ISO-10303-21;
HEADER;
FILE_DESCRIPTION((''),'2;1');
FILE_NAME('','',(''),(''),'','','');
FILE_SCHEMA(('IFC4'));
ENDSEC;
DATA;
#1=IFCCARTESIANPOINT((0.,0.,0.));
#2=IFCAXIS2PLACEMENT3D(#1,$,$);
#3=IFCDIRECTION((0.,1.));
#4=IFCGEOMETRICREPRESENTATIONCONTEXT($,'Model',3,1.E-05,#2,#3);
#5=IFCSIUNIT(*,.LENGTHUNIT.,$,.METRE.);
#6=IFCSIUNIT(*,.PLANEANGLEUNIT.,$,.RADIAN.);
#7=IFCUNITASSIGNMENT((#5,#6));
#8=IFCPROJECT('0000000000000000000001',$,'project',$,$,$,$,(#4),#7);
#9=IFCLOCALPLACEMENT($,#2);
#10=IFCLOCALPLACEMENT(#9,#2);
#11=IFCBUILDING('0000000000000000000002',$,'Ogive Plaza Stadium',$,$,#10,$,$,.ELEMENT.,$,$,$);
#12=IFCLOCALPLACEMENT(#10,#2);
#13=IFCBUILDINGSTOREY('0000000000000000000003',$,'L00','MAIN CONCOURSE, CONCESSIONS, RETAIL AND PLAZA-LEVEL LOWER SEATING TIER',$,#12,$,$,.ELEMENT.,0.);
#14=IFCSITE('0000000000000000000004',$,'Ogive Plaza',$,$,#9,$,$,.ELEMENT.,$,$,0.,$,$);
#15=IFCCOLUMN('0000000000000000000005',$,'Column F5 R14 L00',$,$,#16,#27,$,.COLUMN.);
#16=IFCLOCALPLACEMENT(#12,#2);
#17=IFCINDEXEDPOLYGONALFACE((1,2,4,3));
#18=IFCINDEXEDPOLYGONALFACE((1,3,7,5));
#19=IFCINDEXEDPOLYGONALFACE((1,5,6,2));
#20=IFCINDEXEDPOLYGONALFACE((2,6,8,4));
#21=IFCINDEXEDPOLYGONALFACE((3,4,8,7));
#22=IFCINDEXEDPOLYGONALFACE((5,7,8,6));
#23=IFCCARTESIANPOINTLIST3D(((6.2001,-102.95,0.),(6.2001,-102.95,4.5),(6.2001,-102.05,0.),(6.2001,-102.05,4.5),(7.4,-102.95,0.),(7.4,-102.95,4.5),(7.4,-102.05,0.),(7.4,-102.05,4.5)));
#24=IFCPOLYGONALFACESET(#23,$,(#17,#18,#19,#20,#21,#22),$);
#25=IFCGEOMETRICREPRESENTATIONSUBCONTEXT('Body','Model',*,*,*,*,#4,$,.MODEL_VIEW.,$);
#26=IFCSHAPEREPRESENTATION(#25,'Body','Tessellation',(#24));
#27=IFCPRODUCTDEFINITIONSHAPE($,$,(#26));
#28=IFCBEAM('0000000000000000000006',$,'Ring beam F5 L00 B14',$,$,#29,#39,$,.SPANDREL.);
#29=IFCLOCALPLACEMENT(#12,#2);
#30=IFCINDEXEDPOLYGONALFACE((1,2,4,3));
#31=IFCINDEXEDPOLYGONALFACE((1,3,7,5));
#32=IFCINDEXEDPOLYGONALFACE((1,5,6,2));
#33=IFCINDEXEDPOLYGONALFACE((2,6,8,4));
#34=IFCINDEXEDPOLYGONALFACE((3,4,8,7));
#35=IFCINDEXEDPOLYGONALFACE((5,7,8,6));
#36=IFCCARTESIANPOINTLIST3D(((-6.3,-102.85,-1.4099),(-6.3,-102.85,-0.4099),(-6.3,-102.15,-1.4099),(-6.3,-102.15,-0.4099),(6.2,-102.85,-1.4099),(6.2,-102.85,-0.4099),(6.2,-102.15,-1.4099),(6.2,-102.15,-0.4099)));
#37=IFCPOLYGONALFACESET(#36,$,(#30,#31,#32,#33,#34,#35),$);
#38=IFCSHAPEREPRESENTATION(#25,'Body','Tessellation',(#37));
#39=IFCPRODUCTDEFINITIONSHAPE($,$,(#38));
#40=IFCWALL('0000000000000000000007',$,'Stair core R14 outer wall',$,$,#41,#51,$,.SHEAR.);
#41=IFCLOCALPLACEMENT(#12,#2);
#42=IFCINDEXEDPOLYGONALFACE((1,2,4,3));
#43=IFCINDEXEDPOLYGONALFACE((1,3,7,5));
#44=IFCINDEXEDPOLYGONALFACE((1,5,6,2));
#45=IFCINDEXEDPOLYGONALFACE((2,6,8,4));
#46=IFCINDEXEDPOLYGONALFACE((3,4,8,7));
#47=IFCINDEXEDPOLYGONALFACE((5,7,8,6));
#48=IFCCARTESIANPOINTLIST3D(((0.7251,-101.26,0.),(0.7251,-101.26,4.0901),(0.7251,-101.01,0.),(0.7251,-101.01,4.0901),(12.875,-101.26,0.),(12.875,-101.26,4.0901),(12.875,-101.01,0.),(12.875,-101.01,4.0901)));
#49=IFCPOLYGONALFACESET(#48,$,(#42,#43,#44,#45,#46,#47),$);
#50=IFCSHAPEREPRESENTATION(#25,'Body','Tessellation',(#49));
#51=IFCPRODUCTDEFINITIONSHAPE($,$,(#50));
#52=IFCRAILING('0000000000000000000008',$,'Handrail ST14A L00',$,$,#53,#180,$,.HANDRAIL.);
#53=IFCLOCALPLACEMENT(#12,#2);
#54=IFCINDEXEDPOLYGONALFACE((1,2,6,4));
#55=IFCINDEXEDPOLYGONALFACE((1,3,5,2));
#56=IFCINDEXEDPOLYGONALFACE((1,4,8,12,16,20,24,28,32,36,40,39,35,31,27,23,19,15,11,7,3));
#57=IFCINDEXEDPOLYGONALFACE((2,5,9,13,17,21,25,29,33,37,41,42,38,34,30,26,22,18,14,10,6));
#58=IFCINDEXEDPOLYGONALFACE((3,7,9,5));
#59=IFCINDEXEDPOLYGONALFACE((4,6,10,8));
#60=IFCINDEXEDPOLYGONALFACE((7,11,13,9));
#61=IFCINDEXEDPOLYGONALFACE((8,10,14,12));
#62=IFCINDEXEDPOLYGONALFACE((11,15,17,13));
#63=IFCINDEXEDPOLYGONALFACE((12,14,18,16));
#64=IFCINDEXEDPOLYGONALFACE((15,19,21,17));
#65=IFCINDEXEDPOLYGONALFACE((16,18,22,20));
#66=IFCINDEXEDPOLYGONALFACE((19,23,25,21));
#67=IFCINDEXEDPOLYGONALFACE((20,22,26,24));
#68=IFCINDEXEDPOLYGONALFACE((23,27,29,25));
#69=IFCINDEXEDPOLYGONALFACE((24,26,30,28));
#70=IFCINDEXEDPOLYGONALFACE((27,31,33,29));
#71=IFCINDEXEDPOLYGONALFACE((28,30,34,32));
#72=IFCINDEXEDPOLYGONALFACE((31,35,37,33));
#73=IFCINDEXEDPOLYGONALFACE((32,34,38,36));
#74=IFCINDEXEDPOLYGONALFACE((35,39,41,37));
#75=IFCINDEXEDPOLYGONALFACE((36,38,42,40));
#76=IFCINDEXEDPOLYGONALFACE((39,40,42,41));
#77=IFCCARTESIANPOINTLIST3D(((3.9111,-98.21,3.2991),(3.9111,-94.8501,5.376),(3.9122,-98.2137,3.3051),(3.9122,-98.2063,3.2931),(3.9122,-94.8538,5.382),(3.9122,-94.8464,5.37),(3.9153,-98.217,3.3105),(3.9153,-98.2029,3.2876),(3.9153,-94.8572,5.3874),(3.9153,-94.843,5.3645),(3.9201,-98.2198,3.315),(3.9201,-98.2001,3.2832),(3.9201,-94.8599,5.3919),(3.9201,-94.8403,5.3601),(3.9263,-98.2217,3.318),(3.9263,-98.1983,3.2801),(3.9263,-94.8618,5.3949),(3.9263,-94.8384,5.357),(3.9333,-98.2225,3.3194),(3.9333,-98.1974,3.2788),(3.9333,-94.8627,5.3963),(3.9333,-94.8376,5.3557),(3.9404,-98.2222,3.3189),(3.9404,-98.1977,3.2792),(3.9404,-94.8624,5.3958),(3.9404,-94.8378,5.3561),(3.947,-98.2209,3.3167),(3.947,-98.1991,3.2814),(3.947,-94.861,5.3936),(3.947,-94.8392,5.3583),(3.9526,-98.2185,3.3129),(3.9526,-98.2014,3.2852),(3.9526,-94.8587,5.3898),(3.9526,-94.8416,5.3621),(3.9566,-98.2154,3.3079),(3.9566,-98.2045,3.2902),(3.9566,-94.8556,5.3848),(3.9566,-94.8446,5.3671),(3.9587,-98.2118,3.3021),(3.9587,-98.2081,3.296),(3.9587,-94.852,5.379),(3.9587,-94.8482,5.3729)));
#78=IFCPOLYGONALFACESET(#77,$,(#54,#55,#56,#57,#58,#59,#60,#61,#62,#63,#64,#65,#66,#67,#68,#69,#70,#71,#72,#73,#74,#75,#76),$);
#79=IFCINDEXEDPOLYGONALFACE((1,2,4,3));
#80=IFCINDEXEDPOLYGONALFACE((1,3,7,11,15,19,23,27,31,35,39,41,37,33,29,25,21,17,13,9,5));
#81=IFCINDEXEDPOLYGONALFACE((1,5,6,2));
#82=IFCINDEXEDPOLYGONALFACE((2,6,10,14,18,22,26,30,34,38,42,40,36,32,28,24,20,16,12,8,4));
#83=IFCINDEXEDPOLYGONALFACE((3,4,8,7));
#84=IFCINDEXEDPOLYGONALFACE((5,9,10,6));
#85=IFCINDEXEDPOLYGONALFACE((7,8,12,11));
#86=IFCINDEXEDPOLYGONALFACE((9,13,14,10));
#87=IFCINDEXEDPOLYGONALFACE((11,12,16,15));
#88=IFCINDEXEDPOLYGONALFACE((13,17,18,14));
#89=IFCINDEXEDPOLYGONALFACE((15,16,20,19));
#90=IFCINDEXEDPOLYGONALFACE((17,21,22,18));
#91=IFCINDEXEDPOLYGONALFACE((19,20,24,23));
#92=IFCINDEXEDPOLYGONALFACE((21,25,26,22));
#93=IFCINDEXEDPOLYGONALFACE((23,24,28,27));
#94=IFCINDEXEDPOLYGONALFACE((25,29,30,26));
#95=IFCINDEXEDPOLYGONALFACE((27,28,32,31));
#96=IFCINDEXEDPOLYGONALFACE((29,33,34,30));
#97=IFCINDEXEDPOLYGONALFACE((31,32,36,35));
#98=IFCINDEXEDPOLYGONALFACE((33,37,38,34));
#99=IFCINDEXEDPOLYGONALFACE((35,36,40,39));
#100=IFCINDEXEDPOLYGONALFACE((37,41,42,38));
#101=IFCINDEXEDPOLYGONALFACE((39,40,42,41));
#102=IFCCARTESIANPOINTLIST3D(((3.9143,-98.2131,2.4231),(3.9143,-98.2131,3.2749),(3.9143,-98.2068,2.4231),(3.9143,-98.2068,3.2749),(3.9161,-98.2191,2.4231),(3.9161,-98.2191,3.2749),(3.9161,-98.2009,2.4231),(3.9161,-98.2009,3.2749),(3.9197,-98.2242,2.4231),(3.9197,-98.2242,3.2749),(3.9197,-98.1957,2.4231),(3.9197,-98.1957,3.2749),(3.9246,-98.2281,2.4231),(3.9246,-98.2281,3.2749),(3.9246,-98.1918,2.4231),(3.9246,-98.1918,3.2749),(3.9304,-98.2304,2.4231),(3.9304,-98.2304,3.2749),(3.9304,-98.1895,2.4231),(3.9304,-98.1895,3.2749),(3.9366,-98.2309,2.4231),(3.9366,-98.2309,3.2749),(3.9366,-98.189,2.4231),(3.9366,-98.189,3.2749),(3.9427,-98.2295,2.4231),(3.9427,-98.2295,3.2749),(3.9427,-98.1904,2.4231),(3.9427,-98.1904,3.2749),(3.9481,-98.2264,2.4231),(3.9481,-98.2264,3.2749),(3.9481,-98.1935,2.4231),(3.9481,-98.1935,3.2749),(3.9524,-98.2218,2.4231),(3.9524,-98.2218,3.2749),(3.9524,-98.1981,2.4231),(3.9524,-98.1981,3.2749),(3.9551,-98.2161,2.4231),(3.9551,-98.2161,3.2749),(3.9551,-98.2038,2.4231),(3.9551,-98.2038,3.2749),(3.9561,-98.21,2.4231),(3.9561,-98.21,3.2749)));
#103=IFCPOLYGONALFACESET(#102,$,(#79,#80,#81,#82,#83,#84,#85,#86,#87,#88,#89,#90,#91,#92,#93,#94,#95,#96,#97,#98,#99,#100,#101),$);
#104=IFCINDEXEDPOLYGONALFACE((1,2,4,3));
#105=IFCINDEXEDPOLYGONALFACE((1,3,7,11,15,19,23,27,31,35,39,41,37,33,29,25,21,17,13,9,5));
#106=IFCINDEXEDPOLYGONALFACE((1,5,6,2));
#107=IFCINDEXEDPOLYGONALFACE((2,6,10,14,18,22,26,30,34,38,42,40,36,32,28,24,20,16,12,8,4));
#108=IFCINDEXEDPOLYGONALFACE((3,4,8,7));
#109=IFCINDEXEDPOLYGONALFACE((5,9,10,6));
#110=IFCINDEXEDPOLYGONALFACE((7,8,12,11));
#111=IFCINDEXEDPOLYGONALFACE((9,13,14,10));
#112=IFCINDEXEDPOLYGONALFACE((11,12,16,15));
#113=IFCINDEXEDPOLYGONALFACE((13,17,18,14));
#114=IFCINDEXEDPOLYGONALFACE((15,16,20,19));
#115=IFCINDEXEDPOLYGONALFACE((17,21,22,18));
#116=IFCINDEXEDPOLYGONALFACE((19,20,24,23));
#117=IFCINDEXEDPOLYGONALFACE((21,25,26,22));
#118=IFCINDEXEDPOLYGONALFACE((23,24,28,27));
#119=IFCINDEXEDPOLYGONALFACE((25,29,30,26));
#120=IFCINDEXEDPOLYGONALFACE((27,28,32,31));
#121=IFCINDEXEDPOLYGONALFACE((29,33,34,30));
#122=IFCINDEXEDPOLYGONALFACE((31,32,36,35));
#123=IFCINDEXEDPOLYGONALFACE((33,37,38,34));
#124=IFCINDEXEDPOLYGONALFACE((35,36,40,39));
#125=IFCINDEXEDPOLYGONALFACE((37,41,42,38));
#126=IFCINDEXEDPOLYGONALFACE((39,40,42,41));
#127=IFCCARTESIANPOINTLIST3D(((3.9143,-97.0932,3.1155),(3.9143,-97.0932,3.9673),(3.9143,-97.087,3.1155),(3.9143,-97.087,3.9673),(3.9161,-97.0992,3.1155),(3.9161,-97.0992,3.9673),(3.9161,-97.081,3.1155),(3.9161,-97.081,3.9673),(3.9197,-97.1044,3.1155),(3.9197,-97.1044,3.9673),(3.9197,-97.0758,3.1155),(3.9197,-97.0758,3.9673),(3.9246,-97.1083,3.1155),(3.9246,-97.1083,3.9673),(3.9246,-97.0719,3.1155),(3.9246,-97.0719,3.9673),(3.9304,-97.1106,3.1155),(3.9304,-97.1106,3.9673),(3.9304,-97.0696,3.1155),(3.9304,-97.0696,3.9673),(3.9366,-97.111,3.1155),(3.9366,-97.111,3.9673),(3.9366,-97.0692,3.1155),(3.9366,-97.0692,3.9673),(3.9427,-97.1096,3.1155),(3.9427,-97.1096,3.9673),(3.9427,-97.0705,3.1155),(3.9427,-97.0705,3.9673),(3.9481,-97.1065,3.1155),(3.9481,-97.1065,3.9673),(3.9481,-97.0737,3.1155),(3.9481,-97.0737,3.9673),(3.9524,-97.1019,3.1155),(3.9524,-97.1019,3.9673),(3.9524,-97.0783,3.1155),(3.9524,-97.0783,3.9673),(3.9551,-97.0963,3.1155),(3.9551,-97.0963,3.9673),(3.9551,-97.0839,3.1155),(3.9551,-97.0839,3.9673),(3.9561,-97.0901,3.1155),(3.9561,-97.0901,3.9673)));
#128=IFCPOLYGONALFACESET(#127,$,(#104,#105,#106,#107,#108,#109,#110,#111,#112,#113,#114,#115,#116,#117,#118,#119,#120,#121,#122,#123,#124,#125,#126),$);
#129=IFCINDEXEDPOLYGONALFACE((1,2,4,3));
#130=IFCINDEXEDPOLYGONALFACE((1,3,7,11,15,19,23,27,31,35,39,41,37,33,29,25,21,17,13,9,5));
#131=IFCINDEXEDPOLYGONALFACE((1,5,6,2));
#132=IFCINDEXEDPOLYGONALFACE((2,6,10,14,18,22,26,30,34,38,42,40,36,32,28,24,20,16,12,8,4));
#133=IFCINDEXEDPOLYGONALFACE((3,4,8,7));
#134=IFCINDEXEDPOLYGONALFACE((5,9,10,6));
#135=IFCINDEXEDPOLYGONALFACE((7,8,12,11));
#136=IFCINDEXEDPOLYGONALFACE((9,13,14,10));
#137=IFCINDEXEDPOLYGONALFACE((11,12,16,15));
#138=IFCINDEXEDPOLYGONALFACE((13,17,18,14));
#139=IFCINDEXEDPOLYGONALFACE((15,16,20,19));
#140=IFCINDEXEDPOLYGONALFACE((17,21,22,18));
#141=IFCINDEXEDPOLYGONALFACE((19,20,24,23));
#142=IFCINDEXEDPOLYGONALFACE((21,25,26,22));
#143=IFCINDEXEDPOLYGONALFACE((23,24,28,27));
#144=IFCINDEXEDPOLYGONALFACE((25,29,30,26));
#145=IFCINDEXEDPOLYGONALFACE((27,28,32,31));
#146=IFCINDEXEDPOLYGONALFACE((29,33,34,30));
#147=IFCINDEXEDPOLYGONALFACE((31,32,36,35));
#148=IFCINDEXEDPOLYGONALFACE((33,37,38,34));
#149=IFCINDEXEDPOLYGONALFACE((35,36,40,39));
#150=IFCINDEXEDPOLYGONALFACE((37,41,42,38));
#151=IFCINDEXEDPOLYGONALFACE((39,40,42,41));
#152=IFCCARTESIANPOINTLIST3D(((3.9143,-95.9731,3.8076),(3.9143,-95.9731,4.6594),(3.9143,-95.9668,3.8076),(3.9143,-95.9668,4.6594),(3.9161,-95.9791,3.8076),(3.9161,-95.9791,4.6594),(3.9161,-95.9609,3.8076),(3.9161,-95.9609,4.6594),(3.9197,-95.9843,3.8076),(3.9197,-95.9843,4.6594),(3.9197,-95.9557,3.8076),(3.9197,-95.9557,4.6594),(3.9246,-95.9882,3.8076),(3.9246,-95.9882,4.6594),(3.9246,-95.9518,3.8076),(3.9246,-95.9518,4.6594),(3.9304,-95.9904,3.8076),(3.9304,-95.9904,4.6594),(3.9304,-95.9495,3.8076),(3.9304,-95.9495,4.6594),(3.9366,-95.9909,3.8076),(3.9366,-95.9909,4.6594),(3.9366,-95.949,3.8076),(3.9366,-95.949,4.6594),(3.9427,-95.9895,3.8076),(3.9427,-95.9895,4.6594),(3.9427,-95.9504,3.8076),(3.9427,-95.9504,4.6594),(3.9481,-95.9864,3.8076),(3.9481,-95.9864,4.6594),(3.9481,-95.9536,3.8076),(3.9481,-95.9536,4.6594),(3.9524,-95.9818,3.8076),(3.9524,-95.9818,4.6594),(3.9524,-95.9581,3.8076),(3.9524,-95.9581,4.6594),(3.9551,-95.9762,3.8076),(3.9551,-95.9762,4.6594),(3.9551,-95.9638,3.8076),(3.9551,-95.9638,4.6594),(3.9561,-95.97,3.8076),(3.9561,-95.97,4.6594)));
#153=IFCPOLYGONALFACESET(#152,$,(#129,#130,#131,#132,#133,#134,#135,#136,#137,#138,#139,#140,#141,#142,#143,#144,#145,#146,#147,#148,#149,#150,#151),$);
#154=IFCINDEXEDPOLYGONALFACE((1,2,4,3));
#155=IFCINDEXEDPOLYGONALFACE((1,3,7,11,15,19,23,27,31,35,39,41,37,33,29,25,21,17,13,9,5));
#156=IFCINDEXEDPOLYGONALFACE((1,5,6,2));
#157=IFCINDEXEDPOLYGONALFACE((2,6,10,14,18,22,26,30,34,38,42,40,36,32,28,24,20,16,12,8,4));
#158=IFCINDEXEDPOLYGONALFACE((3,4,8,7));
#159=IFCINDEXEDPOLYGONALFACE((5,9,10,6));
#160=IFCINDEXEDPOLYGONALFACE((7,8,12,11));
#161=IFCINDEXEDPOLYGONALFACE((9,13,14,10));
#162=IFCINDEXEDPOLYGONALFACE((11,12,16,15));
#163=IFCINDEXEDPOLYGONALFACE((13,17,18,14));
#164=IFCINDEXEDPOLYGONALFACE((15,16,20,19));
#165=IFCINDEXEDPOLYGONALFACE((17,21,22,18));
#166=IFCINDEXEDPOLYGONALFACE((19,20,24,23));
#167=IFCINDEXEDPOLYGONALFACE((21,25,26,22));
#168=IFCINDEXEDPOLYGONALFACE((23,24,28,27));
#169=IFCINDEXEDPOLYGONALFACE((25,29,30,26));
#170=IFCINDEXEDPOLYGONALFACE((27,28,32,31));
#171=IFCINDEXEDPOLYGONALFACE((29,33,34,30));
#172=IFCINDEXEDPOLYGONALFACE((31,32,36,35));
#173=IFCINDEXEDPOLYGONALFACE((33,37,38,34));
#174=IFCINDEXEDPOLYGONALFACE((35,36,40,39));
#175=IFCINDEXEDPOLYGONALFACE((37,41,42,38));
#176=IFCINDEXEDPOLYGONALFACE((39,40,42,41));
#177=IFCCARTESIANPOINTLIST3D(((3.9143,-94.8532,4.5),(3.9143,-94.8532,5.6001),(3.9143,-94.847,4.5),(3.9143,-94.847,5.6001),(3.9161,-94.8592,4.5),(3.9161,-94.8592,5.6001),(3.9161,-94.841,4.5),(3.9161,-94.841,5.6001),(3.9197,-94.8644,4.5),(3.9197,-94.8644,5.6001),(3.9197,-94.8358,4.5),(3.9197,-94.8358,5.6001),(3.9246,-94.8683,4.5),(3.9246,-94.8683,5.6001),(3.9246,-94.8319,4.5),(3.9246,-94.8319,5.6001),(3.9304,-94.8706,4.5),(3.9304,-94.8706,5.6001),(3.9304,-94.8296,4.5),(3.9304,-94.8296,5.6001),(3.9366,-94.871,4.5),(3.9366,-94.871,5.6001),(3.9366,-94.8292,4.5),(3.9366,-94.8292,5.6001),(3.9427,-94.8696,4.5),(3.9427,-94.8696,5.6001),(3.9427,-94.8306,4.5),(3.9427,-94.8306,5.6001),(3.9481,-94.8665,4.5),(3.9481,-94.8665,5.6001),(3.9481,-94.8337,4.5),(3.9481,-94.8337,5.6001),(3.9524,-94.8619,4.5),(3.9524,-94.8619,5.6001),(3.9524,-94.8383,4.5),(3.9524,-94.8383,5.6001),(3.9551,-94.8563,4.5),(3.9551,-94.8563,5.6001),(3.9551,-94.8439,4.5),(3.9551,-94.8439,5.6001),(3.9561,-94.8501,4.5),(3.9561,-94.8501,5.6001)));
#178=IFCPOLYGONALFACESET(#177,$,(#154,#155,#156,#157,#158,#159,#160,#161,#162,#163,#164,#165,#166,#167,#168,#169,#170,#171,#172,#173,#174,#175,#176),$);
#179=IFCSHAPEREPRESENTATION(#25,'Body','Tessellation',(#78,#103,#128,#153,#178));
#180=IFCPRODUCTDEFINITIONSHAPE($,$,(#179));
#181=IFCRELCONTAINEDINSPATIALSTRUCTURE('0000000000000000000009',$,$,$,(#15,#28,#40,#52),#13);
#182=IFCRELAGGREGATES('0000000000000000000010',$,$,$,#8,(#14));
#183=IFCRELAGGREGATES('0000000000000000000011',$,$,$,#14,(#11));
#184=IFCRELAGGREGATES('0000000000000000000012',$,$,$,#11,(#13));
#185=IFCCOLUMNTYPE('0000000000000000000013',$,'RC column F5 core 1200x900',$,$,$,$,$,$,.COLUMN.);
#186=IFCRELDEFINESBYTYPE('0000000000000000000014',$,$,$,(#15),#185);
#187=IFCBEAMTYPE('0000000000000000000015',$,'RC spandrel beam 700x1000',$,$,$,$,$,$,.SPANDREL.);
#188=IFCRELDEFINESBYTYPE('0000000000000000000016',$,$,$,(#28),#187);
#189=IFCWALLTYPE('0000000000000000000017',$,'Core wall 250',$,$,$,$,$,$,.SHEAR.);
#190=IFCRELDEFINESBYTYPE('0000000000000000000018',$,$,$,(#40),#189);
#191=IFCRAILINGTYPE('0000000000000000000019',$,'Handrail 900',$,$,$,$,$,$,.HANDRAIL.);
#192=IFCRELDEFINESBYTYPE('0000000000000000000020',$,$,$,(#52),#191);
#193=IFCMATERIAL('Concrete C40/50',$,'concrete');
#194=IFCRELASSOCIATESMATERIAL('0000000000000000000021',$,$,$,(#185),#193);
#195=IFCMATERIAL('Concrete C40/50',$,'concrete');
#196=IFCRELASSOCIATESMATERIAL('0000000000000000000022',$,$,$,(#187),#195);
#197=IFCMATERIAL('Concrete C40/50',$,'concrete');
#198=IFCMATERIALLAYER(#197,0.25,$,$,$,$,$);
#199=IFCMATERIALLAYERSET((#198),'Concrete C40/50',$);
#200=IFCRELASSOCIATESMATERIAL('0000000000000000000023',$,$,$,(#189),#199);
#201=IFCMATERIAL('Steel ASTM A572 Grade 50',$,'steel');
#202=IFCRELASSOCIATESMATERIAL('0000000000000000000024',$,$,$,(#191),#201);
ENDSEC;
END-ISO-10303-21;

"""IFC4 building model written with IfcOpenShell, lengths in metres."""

from ifc_helpers import new_model, si_unit, direction, frame, frame_2d, origin, origin_2d, place, context, subcontext, project, spatial, rectangle, circle, extrude, material, layer, layer_set, material_profile, profile_set, type_object, element, save


model = new_model("IFC4")

# Units and contexts
model_context = context("Model", 3, precision=1e-05, world=origin(), true_north=direction((0.0, 1.0)))
body_context = subcontext(model_context, "Body", "Model", "MODEL_VIEW")
ifc_project = project(units=[si_unit("LENGTHUNIT", "METRE"), si_unit("PLANEANGLEUNIT", "RADIAN")], contexts=[model_context])

# Site, building, storey
site_placement = place(None, origin())
site = spatial("IfcSite", under=ifc_project, at=site_placement, Name="Ogive Plaza", CompositionType="ELEMENT", RefElevation=0.0)
building_placement = place(site_placement, origin())
building = spatial("IfcBuilding", under=site, at=building_placement, Name="Ogive Plaza Stadium", CompositionType="ELEMENT")
storey_placement = place(building_placement, origin())
storey = spatial("IfcBuildingStorey", under=building, at=storey_placement, Name="L00", Description="MAIN CONCOURSE, CONCESSIONS, RETAIL AND PLAZA-LEVEL LOWER SEATING TIER", CompositionType="ELEMENT", Elevation=0.0)

# Column
ifc_material_1 = material(Name="Concrete C40/50", Category="concrete")
ifc_material_profile_1 = material_profile(ifc_material_1, rectangle(XDim=1.2, YDim=0.8999, at=origin_2d()), Name="RC 1200x900")
ifc_profile_set_1 = profile_set([ifc_material_profile_1], Name="Concrete C40/50")
column_type = type_object("IfcColumnType", Name="RC column F5 core 1200x900", PredefinedType="COLUMN", material=ifc_profile_set_1)
column_placement = place(storey_placement, frame((6.8, -102.5, 0.0), z_axis=(0.0, 0.0, 1.0), x_axis=(1.0, 0.0, 0.0)))
element("IfcColumn", 1, at=column_placement, inside=storey, type_object=column_type, Name="Column F5 R14 L00", PredefinedType="COLUMN", context=body_context, shape_type="SweptSolid", body=[
    extrude(rectangle(XDim=1.2, YDim=0.8999, at=origin_2d()), origin(), (0.0, 0.0, 1.0), 4.5),
])

# Beam
ifc_material_2 = material(Name="Concrete C40/50", Category="concrete")
ifc_material_profile_2 = material_profile(ifc_material_2, rectangle(XDim=0.7, YDim=1.0, at=origin_2d()), Name="RC 700x1000")
ifc_profile_set_2 = profile_set([ifc_material_profile_2], Name="Concrete C40/50")
beam_type = type_object("IfcBeamType", Name="RC spandrel beam 700x1000", PredefinedType="SPANDREL", material=ifc_profile_set_2)
beam_placement = place(storey_placement, frame((6.2, -102.5, -0.9099), z_axis=(-1.0, 0.0, 0.0), x_axis=(0.0, -1.0, 0.0)))
element("IfcBeam", 2, at=beam_placement, inside=storey, type_object=beam_type, Name="Ring beam F5 L00 B14", PredefinedType="SPANDREL", context=body_context, shape_type="SweptSolid", body=[
    extrude(rectangle(XDim=0.7, YDim=1.0, at=origin_2d()), origin(), (0.0, 0.0, 1.0), 12.5),
])

# Wall
ifc_material_3 = material(Name="Concrete C40/50", Category="concrete")
ifc_layer_1 = layer(ifc_material_3, 0.25)
ifc_layer_set_1 = layer_set([ifc_layer_1], Name="Concrete C40/50")
wall_type_1 = type_object("IfcWallType", Name="Core wall 250", PredefinedType="SHEAR", material=ifc_layer_set_1)
wall_1_placement = place(storey_placement, frame((0.7251, -101.135, 0.0), z_axis=(0.0, 0.0, 1.0), x_axis=(1.0, 0.0, 0.0)))
element("IfcWall", 3, at=wall_1_placement, inside=storey, type_object=wall_type_1, Name="Stair core R14 outer wall", PredefinedType="SHEAR", context=body_context, shape_type="SweptSolid", body=[
    extrude(rectangle(XDim=12.1499, YDim=0.25, at=frame_2d((6.075, 0.0))), origin(), (0.0, 0.0, 1.0), 4.0901),
])

# Railing
ifc_material_4 = material(Name="Steel ASTM A572 Grade 50", Category="steel")
railing_type = type_object("IfcRailingType", Name="Handrail 900", PredefinedType="HANDRAIL", material=ifc_material_4)
for number, where, name in (
    (4, (3.9351, -98.21, 2.4231), "Handrail ST14A L00"),
):
    element("IfcRailing", number, at=place(storey_placement, frame(where)), inside=storey, type_object=railing_type, Name=name, PredefinedType="HANDRAIL", context=body_context, shape_type="SweptSolid", body=[
        extrude(circle(Radius=0.0239, at=origin_2d()), frame((0.0, 0.0, 0.876), z_axis=(0.0, 0.850606, 0.525803), x_axis=(-1.0, 0.0, 0.0)), (0.0, 0.0, 1.0), 3.95),
        extrude(circle(Radius=0.021, at=origin_2d()), origin(), (0.0, 0.0, 1.0), 0.8518),
        extrude(circle(Radius=0.021, at=origin_2d()), frame((0.0, 1.1199, 0.6924)), (0.0, 0.0, 1.0), 0.8518),
        extrude(circle(Radius=0.021, at=origin_2d()), frame((0.0, 2.24, 1.3845)), (0.0, 0.0, 1.0), 0.8518),
        extrude(circle(Radius=0.021, at=origin_2d()), frame((0.0, 3.3599, 2.0769)), (0.0, 0.0, 1.0), 1.1001),
    ])

save(model, "model.ifc")
